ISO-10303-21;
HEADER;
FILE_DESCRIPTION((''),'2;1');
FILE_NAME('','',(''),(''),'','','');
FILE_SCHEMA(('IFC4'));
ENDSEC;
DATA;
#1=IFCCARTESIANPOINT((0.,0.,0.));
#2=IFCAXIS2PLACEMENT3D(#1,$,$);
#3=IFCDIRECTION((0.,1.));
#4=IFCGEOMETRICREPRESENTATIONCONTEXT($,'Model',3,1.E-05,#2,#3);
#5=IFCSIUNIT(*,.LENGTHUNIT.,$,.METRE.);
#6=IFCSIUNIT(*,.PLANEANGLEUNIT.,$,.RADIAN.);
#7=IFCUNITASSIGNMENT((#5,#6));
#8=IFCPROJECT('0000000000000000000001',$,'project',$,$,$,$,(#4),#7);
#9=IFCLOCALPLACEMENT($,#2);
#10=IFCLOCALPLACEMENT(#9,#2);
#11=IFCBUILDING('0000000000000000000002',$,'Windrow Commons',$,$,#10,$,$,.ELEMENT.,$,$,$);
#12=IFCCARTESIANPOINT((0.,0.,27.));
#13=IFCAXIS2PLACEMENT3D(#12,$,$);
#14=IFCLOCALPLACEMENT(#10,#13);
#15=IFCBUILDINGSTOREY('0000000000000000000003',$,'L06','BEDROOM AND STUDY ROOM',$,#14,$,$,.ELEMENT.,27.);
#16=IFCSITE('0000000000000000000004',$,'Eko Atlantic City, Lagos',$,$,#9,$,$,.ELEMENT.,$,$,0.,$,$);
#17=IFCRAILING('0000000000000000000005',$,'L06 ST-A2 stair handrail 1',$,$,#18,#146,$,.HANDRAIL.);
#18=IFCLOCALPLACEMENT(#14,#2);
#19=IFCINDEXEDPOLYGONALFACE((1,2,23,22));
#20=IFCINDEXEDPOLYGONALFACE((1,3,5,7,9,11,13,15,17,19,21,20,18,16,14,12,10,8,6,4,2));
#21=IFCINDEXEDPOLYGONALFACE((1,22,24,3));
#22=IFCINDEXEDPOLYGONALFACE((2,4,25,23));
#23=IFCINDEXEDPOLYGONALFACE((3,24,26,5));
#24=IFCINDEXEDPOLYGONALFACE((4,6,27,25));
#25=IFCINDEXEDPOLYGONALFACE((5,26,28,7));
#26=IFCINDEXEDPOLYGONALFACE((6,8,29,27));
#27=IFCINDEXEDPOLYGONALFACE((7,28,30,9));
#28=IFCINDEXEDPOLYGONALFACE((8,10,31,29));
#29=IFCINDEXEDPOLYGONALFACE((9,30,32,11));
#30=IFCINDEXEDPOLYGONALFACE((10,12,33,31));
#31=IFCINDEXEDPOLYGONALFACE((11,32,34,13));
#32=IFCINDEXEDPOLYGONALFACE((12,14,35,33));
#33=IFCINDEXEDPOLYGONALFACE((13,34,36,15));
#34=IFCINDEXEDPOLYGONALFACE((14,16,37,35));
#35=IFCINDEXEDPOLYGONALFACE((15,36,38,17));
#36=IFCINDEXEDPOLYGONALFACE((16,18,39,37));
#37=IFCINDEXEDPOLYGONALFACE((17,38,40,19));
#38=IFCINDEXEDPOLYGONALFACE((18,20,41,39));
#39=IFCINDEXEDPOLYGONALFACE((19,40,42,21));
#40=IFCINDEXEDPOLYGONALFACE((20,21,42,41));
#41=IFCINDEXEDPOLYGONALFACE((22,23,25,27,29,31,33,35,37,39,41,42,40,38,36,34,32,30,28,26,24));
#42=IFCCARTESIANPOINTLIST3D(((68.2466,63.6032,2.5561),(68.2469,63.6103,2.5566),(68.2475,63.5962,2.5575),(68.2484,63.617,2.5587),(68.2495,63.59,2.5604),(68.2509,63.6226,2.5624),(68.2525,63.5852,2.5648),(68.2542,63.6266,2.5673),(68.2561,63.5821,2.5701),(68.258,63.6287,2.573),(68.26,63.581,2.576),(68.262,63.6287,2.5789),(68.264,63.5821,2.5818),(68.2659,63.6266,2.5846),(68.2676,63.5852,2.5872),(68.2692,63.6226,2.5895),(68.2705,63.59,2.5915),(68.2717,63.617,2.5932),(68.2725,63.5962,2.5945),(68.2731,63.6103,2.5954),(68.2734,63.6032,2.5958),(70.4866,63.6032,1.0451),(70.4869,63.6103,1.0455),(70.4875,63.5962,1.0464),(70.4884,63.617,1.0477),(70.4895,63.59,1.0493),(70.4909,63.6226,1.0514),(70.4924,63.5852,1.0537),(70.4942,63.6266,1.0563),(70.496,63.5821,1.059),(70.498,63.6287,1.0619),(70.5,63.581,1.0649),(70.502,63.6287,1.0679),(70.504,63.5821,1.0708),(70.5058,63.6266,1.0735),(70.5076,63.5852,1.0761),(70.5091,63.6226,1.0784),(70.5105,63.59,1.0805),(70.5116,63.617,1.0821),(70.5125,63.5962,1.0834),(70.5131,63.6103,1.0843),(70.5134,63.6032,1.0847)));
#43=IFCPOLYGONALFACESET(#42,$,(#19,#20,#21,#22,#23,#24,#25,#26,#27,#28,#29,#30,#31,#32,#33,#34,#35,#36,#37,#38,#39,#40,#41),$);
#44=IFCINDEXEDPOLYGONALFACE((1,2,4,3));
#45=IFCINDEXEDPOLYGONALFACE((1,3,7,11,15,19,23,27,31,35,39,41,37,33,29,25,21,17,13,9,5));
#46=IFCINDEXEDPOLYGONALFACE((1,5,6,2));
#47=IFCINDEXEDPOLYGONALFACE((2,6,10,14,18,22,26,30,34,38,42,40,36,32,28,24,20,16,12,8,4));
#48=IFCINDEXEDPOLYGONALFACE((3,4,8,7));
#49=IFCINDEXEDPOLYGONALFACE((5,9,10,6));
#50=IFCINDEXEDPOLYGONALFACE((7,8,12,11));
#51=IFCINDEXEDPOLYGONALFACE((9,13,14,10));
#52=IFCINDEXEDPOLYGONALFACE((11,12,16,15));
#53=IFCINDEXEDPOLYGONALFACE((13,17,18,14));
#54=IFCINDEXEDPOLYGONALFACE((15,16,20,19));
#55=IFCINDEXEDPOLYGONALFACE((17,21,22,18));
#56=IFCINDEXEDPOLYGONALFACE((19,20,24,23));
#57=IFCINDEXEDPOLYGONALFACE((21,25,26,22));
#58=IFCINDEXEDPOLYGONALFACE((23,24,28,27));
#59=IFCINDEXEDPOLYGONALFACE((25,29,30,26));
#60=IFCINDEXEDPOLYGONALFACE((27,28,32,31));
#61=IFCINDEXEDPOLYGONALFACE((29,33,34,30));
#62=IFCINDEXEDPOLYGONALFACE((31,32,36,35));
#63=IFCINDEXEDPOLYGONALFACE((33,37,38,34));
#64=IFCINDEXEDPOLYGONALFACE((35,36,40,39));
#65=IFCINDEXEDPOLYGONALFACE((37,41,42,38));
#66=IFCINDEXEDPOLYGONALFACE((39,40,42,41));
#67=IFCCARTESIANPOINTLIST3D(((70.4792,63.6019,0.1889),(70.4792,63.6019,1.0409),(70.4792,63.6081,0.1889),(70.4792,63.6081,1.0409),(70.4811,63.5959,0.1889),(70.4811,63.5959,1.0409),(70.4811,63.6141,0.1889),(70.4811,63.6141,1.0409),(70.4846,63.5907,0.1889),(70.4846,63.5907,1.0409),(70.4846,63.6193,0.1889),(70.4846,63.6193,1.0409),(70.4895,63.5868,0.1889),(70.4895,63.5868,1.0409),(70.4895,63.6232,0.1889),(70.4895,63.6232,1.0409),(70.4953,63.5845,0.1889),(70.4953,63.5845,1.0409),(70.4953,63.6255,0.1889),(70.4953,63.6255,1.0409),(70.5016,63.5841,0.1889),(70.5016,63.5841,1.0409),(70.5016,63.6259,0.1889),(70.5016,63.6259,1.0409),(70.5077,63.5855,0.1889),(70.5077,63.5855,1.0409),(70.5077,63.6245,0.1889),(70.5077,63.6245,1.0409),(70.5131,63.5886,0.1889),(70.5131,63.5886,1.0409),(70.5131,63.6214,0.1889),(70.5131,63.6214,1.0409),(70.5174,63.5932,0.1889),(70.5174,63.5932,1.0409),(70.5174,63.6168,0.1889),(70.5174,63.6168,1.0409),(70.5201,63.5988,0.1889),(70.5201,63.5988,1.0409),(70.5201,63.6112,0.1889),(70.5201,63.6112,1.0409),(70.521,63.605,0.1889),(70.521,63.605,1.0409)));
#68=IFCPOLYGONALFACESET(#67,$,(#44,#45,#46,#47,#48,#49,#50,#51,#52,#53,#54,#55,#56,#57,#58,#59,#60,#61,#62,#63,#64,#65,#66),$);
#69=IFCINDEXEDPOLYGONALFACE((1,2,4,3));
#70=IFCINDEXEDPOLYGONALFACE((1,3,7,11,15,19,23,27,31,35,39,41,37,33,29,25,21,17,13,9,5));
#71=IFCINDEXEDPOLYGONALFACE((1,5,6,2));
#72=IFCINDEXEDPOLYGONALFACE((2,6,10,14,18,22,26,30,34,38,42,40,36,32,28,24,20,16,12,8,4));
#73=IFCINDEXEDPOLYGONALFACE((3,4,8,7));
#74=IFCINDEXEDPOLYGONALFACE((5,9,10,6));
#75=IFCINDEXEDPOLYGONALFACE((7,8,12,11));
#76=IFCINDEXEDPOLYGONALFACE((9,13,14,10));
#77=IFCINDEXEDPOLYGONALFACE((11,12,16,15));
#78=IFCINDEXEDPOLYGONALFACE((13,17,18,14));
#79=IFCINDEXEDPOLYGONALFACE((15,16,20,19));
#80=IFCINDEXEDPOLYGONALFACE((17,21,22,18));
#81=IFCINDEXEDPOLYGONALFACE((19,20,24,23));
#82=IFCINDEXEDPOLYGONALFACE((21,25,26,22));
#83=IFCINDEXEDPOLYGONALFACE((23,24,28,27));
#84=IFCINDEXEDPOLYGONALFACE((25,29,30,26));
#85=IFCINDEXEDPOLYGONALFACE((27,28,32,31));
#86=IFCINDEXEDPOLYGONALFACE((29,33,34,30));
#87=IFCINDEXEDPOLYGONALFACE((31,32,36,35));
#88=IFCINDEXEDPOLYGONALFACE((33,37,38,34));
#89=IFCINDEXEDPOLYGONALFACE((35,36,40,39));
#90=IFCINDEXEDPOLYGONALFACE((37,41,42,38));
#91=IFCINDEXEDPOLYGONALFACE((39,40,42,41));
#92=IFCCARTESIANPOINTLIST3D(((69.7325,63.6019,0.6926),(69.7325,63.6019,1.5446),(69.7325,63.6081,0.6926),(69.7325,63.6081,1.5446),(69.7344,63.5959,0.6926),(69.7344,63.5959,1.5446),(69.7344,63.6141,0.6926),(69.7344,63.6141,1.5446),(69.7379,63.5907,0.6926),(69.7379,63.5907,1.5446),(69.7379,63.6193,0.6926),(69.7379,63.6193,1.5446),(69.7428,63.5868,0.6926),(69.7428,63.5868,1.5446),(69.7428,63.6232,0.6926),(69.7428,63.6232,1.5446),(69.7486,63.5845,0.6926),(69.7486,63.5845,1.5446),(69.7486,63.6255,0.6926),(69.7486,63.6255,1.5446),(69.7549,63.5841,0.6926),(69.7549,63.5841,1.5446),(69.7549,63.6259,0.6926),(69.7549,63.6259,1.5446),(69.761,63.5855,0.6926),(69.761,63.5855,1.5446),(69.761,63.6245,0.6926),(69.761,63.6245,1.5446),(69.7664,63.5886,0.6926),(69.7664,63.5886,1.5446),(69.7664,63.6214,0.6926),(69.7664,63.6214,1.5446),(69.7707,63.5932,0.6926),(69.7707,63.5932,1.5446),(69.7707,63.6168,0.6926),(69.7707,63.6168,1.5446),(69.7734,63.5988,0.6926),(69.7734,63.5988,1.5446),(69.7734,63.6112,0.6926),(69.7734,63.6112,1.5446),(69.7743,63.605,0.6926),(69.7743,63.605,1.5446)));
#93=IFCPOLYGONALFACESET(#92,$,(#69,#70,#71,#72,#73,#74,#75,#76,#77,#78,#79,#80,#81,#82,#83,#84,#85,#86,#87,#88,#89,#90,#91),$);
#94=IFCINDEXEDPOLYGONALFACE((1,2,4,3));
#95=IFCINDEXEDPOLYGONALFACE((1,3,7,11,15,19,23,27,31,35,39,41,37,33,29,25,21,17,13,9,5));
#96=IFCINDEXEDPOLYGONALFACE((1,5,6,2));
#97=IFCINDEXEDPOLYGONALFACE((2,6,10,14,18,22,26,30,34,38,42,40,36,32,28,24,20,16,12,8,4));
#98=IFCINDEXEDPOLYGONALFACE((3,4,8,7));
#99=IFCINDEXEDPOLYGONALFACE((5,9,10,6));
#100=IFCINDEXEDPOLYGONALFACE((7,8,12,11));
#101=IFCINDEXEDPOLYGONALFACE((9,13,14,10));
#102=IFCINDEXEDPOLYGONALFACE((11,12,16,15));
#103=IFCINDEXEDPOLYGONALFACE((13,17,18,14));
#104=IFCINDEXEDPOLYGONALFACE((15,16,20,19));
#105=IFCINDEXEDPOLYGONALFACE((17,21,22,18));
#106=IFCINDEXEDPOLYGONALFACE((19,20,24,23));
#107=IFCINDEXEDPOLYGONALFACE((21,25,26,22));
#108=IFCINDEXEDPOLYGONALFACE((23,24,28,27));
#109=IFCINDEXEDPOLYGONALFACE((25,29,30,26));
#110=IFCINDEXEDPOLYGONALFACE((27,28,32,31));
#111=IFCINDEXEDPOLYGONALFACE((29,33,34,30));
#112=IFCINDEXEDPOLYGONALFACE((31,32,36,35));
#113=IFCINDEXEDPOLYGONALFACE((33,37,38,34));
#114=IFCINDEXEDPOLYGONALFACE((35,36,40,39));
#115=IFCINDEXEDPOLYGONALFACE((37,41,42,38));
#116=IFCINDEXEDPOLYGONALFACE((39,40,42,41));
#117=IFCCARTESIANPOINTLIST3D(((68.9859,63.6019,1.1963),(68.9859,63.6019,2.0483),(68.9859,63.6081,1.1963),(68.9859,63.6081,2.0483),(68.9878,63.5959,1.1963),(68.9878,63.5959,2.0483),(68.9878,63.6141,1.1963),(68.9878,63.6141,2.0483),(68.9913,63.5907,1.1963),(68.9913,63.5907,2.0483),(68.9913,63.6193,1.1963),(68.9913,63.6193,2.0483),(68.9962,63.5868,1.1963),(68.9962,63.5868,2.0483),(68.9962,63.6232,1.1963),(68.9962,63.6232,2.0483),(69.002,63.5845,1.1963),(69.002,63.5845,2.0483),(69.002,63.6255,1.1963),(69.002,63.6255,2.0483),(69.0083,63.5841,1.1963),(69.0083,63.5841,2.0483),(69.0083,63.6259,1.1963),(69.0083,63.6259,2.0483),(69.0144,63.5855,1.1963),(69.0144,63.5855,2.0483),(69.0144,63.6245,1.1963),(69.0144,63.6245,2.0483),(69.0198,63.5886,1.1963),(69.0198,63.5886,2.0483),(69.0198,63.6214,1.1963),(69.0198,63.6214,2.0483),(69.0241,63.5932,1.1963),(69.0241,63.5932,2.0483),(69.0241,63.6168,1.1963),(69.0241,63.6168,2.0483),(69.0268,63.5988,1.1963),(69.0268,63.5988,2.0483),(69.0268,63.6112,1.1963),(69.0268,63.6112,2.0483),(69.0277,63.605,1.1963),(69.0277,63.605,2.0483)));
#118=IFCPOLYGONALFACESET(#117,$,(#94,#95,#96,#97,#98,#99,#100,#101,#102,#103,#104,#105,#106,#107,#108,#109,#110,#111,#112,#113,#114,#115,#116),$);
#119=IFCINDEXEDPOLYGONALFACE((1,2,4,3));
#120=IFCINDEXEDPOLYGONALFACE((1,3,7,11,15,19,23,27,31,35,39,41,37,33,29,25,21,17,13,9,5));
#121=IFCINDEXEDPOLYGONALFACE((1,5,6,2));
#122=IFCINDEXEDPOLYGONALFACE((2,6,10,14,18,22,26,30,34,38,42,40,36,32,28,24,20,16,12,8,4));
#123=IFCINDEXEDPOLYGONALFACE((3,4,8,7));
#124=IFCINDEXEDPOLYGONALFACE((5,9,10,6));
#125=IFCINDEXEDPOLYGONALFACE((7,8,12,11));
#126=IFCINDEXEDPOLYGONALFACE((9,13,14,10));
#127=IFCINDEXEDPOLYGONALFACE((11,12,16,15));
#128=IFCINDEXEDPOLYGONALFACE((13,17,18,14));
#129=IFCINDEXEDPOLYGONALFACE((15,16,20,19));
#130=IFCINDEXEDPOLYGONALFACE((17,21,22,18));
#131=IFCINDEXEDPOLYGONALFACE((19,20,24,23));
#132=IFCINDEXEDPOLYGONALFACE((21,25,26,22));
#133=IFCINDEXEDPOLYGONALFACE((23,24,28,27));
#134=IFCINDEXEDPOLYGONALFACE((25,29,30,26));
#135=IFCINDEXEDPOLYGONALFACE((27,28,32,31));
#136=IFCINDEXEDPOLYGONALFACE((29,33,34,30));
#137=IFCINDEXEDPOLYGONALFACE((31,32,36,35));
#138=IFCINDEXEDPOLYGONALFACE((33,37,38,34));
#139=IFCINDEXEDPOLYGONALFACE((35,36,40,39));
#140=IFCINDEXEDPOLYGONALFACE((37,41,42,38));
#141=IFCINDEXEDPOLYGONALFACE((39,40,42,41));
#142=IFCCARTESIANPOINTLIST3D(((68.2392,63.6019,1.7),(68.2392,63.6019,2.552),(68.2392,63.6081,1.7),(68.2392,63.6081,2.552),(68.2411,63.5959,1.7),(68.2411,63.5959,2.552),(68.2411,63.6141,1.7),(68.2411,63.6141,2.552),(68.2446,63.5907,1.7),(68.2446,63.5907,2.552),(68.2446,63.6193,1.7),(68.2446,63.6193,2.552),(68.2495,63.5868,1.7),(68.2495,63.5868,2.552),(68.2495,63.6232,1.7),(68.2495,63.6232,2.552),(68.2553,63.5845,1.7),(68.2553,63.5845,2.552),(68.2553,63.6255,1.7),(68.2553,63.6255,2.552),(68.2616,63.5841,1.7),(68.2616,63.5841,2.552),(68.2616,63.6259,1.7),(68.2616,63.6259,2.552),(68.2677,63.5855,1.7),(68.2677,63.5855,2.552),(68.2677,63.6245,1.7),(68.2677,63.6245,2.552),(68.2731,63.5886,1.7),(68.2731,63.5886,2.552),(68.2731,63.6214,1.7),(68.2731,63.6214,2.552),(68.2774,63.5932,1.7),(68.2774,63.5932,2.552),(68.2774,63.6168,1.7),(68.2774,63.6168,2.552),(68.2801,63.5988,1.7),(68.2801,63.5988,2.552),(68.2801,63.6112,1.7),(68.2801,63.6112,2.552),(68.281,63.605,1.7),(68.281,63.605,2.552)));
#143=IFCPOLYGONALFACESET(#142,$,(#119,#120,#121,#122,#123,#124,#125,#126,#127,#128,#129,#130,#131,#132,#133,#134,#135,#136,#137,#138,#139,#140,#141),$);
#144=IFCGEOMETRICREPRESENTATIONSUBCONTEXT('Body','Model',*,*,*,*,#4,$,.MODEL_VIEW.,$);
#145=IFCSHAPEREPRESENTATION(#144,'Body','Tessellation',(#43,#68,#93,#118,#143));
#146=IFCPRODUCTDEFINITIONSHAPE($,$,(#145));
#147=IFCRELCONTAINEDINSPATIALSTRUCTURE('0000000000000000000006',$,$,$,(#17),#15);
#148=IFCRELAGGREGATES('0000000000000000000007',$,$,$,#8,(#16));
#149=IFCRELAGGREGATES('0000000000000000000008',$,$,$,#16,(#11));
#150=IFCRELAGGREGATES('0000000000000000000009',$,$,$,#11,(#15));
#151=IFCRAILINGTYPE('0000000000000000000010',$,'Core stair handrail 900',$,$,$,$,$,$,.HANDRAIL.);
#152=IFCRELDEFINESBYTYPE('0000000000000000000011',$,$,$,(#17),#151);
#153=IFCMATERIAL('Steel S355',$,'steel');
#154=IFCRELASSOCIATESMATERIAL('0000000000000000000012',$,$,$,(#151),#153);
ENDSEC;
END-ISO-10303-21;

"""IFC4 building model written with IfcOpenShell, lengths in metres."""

from ifc_helpers import new_model, si_unit, direction, frame, origin, origin_2d, place, context, subcontext, project, spatial, circle, extrude, material, type_object, element, save


model = new_model("IFC4")

# Units and contexts
model_context = context("Model", 3, precision=1e-05, world=origin(), true_north=direction((0.0, 1.0)))
body_context = subcontext(model_context, "Body", "Model", "MODEL_VIEW")
ifc_project = project(units=[si_unit("LENGTHUNIT", "METRE"), si_unit("PLANEANGLEUNIT", "RADIAN")], contexts=[model_context])

# Site, building, storey
site_placement = place(None, origin())
site = spatial("IfcSite", under=ifc_project, at=site_placement, Name="Eko Atlantic City, Lagos", CompositionType="ELEMENT", RefElevation=0.0)
building_placement = place(site_placement, origin())
building = spatial("IfcBuilding", under=site, at=building_placement, Name="Windrow Commons", CompositionType="ELEMENT")
storey_placement = place(building_placement, frame((0.0, 0.0, 27.0)))
storey = spatial("IfcBuildingStorey", under=building, at=storey_placement, Name="L06", Description="BEDROOM AND STUDY ROOM", CompositionType="ELEMENT", Elevation=27.0)

# Railing
ifc_material_1 = material(Name="Steel S355", Category="steel")
railing_type_1 = type_object("IfcRailingType", Name="Core stair handrail 900", PredefinedType="HANDRAIL", material=ifc_material_1)
for number, where, name in (
    (1, (70.5, 63.605, 0.1889), "L06 ST-A2 stair handrail 1"),
):
    element("IfcRailing", number, at=place(storey_placement, frame(where)), inside=storey, type_object=railing_type_1, Name=name, PredefinedType="HANDRAIL", context=body_context, shape_type="SweptSolid", body=[
        extrude(circle(Radius=0.024, at=origin_2d()), frame((0.0, 0.0, 0.876), z_axis=(-0.829003, 0.0, 0.559244), x_axis=(0.0, -1.0, 0.0)), (0.0, 0.0, 1.0), 2.702),
        extrude(circle(Radius=0.021, at=origin_2d()), origin(), (0.0, 0.0, 1.0), 0.852),
        extrude(circle(Radius=0.021, at=origin_2d()), frame((-0.7467, 0.0, 0.5037)), (0.0, 0.0, 1.0), 0.852),
        extrude(circle(Radius=0.021, at=origin_2d()), frame((-1.4933, 0.0, 1.0074)), (0.0, 0.0, 1.0), 0.852),
        extrude(circle(Radius=0.021, at=origin_2d()), frame((-2.24, 0.0, 1.5111)), (0.0, 0.0, 1.0), 0.852),
    ])

save(model, "model.ifc")
